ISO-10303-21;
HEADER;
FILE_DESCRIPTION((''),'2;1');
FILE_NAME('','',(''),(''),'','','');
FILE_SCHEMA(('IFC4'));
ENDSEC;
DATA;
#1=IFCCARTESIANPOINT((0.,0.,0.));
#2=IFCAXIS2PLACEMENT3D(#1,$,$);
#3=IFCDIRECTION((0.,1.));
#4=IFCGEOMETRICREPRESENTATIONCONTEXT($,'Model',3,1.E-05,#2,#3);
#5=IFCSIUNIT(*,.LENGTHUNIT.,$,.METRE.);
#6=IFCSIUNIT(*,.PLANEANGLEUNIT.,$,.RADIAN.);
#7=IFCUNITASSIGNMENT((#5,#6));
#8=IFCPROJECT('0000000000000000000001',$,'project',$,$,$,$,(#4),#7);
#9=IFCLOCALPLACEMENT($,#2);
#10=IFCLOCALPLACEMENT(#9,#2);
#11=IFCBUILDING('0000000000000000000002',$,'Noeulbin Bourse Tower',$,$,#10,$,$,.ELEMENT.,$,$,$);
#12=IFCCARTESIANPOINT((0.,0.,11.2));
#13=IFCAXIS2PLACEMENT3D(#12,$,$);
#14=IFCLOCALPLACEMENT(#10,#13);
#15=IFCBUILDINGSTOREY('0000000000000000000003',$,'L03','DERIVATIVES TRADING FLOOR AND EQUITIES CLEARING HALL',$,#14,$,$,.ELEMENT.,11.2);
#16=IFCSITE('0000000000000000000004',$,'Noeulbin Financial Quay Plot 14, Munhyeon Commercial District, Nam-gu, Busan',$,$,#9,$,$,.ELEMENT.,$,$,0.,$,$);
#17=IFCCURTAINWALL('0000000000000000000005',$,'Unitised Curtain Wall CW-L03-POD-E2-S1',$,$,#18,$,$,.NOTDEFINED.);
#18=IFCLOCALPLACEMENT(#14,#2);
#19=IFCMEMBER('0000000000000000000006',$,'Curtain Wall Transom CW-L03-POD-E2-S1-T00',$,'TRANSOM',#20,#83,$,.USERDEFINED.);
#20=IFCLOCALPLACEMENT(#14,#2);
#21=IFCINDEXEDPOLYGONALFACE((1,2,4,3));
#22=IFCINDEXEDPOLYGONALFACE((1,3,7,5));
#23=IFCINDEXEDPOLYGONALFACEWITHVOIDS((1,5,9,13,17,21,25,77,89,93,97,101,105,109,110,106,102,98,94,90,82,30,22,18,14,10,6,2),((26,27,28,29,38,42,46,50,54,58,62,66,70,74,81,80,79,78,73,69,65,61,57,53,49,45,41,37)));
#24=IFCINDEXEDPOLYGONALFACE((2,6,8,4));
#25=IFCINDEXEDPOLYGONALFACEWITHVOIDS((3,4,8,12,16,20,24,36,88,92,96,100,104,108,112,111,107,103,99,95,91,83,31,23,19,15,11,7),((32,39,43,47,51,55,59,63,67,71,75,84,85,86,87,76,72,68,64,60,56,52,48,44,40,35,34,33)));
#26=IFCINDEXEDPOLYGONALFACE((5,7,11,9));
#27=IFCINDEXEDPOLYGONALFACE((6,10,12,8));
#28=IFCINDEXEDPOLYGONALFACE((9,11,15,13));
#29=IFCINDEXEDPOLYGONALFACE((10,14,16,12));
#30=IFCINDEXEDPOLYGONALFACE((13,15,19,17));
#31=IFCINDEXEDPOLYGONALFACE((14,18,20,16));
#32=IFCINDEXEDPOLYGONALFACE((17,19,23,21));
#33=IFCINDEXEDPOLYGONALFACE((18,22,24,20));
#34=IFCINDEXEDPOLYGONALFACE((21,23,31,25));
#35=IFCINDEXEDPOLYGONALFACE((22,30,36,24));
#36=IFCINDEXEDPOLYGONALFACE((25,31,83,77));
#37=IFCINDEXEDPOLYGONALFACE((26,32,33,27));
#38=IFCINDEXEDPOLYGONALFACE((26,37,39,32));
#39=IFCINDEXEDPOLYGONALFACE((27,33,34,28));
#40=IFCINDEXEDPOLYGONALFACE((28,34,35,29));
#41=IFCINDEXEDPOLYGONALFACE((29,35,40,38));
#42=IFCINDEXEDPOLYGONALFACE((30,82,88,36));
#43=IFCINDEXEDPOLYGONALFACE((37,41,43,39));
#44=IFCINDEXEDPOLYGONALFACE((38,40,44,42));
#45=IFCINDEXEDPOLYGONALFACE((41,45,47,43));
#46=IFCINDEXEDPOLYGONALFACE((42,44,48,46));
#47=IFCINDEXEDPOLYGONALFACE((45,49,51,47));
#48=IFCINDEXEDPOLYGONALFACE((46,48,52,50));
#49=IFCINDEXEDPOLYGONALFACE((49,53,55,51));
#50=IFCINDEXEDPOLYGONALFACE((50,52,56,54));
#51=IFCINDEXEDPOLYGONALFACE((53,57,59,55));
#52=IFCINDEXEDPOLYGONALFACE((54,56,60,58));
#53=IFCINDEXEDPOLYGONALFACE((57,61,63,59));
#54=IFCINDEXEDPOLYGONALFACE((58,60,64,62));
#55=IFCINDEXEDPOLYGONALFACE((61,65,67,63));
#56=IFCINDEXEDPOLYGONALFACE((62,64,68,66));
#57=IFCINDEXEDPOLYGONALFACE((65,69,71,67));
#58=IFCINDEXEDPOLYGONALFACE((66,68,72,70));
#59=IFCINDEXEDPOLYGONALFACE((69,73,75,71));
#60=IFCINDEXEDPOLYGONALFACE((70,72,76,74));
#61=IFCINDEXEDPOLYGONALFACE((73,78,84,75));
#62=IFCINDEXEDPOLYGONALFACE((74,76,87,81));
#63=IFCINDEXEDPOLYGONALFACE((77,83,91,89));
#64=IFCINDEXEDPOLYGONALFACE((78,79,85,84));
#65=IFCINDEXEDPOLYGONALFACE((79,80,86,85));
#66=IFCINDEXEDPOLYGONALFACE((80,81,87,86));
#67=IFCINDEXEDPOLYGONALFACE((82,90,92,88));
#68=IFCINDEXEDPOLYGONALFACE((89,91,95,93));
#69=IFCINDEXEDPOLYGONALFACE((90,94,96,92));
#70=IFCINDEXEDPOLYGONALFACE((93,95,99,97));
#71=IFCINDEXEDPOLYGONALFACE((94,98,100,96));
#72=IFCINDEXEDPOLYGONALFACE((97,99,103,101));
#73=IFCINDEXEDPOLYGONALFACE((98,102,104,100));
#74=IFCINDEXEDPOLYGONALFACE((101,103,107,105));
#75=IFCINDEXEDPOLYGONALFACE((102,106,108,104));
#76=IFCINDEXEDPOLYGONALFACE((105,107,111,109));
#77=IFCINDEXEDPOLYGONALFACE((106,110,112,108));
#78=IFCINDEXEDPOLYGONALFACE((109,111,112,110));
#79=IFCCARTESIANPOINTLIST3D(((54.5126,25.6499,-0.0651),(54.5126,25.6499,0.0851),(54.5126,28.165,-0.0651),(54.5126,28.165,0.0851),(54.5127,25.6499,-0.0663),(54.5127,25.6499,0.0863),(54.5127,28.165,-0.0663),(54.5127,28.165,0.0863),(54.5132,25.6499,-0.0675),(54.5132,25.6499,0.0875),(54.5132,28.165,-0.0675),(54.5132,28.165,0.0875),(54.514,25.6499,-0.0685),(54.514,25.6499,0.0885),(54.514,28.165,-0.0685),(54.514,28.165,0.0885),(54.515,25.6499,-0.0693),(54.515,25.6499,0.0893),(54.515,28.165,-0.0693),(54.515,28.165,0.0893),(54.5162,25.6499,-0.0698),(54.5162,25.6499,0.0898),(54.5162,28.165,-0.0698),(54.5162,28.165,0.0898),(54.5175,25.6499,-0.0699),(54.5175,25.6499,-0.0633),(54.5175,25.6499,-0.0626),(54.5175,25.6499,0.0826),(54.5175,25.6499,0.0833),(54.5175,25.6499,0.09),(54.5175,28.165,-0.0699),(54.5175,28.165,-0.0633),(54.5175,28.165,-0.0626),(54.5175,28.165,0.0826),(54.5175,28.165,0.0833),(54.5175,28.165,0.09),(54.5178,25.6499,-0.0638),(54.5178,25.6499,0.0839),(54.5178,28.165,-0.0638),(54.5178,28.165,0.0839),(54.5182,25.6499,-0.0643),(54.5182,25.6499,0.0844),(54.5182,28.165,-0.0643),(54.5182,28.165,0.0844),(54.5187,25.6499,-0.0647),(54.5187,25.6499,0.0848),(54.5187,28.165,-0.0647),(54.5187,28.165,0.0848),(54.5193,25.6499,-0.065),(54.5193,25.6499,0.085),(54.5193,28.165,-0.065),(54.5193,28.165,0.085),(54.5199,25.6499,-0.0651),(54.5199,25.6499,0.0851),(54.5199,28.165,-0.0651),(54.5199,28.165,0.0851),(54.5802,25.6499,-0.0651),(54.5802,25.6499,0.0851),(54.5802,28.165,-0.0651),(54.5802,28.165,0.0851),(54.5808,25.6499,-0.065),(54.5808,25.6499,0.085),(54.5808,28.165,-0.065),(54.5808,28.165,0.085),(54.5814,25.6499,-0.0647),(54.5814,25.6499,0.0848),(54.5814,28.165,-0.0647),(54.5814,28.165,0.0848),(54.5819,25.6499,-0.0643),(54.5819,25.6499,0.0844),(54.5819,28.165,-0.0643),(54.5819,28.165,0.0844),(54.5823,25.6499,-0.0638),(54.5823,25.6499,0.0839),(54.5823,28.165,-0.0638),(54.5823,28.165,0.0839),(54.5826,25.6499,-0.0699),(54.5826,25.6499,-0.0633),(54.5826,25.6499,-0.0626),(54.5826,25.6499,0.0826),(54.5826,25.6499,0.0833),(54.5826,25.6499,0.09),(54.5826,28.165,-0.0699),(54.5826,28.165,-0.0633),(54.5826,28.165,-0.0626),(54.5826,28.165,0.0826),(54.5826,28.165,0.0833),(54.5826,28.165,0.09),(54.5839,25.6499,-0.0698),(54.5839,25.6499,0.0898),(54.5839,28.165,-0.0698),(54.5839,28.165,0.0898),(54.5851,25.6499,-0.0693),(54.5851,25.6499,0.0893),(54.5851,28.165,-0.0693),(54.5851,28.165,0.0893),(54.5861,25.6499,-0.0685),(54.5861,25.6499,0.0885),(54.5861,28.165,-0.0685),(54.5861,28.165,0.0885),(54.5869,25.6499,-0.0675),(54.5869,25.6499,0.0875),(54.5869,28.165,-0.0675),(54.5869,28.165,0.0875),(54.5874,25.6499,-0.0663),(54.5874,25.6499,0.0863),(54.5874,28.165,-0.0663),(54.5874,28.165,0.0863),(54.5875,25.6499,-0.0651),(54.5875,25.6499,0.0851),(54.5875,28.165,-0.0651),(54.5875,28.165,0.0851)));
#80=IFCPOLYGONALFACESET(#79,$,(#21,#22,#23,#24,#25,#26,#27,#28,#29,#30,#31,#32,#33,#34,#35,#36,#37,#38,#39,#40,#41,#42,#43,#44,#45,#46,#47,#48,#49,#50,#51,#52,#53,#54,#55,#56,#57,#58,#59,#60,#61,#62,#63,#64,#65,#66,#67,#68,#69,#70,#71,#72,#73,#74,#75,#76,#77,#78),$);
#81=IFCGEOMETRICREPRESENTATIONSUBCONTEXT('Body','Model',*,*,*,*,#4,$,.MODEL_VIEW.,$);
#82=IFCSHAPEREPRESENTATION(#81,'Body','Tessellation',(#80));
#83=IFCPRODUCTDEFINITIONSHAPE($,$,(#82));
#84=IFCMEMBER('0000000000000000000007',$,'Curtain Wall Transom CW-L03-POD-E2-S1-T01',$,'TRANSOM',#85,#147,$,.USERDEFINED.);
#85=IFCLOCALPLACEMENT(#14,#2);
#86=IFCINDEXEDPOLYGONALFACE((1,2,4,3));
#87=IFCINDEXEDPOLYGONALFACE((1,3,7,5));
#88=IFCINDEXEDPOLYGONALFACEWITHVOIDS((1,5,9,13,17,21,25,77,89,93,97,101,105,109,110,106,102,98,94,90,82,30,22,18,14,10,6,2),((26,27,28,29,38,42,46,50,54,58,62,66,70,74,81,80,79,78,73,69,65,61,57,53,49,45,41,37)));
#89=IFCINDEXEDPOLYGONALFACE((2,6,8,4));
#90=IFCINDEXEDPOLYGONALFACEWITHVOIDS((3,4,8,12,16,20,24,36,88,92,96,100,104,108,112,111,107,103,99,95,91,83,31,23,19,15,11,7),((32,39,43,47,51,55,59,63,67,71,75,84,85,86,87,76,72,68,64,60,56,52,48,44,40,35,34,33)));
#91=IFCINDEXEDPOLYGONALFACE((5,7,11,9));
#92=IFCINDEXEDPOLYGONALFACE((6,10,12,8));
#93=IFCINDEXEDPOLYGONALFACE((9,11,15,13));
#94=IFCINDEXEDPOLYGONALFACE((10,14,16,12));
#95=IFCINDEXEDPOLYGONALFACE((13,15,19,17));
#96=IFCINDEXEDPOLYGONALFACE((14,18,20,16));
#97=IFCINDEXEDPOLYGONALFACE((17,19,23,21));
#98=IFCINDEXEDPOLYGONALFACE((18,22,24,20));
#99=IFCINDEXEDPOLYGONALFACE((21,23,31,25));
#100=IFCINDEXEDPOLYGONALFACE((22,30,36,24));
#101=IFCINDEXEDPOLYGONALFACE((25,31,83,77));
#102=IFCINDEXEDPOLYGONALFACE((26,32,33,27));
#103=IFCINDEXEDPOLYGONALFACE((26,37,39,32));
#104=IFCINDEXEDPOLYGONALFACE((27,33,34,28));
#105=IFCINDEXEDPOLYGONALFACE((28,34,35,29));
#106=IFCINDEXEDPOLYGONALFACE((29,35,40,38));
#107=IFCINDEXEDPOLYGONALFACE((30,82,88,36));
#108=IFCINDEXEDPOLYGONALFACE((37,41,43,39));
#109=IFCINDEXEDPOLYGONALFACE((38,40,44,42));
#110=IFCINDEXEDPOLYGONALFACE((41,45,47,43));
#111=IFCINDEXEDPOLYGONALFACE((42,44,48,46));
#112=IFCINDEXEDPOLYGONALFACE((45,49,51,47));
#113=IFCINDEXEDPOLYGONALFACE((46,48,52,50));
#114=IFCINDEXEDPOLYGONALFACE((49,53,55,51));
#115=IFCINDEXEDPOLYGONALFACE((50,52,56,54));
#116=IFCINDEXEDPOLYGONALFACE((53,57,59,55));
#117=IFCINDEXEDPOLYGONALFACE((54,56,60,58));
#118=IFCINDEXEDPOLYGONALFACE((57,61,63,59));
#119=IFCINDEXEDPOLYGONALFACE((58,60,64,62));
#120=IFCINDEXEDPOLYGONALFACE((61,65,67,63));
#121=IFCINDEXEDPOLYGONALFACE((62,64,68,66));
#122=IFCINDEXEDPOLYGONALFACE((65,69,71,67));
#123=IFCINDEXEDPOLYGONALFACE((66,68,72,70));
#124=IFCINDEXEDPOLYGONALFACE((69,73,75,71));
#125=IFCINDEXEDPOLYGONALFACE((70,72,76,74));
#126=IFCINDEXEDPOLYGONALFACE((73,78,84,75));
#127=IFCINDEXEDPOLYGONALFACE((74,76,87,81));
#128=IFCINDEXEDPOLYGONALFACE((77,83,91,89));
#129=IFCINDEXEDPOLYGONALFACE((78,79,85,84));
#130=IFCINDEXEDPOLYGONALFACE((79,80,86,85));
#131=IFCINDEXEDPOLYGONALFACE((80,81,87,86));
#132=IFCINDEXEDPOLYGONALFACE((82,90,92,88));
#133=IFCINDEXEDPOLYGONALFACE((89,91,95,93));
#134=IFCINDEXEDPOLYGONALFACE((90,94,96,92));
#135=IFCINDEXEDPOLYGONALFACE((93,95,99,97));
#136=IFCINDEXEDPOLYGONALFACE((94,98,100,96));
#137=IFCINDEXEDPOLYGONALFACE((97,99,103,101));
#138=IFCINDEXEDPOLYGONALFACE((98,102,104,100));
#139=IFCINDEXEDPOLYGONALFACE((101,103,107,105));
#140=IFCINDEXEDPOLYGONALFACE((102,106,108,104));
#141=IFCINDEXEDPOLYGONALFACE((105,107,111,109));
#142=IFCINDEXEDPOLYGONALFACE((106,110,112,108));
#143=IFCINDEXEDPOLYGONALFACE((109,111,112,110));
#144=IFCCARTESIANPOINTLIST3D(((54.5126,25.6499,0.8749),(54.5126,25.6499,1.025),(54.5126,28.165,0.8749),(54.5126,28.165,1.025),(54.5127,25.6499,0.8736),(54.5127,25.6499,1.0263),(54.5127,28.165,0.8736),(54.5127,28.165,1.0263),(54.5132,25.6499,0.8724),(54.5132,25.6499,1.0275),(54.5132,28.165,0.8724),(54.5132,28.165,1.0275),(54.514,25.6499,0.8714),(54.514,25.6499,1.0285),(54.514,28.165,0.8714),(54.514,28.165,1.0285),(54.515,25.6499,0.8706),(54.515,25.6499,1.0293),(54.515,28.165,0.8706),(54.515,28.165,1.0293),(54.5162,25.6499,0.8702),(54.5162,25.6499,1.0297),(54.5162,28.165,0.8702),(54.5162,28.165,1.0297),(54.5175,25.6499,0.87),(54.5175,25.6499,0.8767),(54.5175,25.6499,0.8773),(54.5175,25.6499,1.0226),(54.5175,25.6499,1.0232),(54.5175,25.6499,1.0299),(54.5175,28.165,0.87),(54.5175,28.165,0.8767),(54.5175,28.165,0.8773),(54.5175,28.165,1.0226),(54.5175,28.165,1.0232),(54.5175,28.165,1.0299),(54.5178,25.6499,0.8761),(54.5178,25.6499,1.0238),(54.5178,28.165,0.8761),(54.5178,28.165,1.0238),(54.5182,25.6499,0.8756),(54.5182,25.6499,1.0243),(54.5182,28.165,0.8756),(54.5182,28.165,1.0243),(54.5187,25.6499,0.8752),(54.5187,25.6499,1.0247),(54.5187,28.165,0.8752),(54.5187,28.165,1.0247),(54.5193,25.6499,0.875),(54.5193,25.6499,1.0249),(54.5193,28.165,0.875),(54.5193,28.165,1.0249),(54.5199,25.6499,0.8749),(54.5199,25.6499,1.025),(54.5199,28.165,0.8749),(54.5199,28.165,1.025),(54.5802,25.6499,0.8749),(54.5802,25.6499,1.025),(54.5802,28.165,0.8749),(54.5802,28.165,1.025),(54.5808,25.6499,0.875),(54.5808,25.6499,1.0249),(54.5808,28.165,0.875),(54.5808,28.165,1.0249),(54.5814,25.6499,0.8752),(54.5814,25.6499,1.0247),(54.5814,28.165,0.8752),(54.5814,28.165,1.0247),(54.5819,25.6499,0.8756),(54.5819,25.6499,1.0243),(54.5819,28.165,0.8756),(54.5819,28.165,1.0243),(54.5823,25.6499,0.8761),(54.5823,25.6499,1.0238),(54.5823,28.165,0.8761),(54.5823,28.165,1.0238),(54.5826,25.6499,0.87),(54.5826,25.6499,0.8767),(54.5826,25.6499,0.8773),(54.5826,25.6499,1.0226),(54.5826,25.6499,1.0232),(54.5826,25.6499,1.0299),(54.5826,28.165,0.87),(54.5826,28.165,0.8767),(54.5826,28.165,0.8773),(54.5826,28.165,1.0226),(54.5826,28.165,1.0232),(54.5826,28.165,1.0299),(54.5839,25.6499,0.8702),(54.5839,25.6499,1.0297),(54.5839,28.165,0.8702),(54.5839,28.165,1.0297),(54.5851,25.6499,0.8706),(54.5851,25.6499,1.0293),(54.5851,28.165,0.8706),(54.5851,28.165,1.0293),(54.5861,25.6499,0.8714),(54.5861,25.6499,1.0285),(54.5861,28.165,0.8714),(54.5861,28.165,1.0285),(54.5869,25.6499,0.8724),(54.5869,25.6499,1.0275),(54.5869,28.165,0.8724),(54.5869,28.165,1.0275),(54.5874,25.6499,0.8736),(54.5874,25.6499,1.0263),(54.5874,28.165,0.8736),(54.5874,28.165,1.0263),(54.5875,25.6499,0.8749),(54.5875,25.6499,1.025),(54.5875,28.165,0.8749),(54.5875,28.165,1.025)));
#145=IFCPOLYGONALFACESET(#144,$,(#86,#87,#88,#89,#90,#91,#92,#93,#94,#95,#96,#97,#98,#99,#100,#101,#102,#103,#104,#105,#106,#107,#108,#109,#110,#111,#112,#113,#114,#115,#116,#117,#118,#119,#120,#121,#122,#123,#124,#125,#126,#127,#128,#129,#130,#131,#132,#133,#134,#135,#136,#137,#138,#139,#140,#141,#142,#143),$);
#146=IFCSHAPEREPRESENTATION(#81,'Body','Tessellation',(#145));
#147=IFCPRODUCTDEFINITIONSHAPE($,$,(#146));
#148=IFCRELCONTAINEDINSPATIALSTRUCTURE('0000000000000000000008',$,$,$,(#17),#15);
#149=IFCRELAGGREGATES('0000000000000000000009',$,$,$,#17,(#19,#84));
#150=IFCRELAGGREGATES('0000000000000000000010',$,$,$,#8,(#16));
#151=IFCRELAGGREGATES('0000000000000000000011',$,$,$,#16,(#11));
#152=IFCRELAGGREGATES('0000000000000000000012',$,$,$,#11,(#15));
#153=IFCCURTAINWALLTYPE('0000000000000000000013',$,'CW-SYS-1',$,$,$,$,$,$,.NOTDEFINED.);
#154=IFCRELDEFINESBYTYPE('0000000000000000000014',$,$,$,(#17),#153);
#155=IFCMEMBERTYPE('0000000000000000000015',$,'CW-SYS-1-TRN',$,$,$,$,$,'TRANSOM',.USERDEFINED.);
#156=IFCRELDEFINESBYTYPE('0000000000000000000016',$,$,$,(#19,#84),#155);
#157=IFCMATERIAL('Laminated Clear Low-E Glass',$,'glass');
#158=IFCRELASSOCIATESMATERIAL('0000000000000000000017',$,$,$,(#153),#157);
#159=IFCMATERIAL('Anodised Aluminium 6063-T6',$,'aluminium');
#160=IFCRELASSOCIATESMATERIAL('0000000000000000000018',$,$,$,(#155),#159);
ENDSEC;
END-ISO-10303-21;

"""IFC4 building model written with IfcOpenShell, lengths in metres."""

from ifc_helpers import new_model, si_unit, direction, frame, origin, origin_2d, place, context, subcontext, project, spatial, hollow_rectangle, extrude, material, material_profile, profile_set, type_object, element, aggregate, save


model = new_model("IFC4")

# Units and contexts
model_context = context("Model", 3, precision=1e-05, world=origin(), true_north=direction((0.0, 1.0)))
body_context = subcontext(model_context, "Body", "Model", "MODEL_VIEW")
ifc_project = project(units=[si_unit("LENGTHUNIT", "METRE"), si_unit("PLANEANGLEUNIT", "RADIAN")], contexts=[model_context])

# Site, building, storey
site_placement = place(None, origin())
site = spatial("IfcSite", under=ifc_project, at=site_placement, Name="Noeulbin Financial Quay Plot 14, Munhyeon Commercial District, Nam-gu, Busan", CompositionType="ELEMENT", RefElevation=0.0)
building_placement = place(site_placement, origin())
building = spatial("IfcBuilding", under=site, at=building_placement, Name="Noeulbin Bourse Tower", CompositionType="ELEMENT")
storey_placement = place(building_placement, frame((0.0, 0.0, 11.2)))
storey = spatial("IfcBuildingStorey", under=building, at=storey_placement, Name="L03", Description="DERIVATIVES TRADING FLOOR AND EQUITIES CLEARING HALL", CompositionType="ELEMENT", Elevation=11.2)

# Curtain wall
ifc_material_1 = material(Name="Laminated Clear Low-E Glass", Category="glass")
curtain_wall_type = type_object("IfcCurtainWallType", Name="CW-SYS-1", PredefinedType="NOTDEFINED", material=ifc_material_1)
curtain_wall_1_placement = place(storey_placement, origin())
curtain_wall_1 = element("IfcCurtainWall", 1, at=curtain_wall_1_placement, inside=storey, type_object=curtain_wall_type, Name="Unitised Curtain Wall CW-L03-POD-E2-S1", PredefinedType="NOTDEFINED")
ifc_material_2 = material(Name="Anodised Aluminium 6063-T6", Category="aluminium")

# Members
ifc_material_profile_1 = material_profile(ifc_material_2, hollow_rectangle(XDim=0.075, YDim=0.1599, WallThickness=0.0049, InnerFilletRadius=0.0024, OuterFilletRadius=0.0049, at=origin_2d()), Name="ALU-TRAN-75x160x5", Category="LoadBearing")
ifc_profile_set_1 = profile_set([ifc_material_profile_1], Name="Anodised Aluminium 6063-T6")
member_type_1 = type_object("IfcMemberType", Name="CW-SYS-1-TRN", ElementType="TRANSOM", PredefinedType="USERDEFINED", material=ifc_profile_set_1)
member_1_placement = place(storey_placement, frame((54.55, 25.6499, 0.01), z_axis=(0.0, 1.0, 0.0), x_axis=(-1.0, 0.0, 0.0)))
member_1 = element("IfcMember", 2, at=member_1_placement, type_object=member_type_1, Name="Curtain Wall Transom CW-L03-POD-E2-S1-T00", ObjectType="TRANSOM", PredefinedType="USERDEFINED", context=body_context, shape_type="SweptSolid", body=[
    extrude(hollow_rectangle(XDim=0.075, YDim=0.1599, WallThickness=0.0049, InnerFilletRadius=0.0024, OuterFilletRadius=0.0049, at=origin_2d()), origin(), (0.0, 0.0, 1.0), 2.5151),
])
member_2_placement = place(storey_placement, frame((54.55, 25.6499, 0.95), z_axis=(0.0, 1.0, 0.0), x_axis=(-1.0, 0.0, 0.0)))
member_2 = element("IfcMember", 3, at=member_2_placement, type_object=member_type_1, Name="Curtain Wall Transom CW-L03-POD-E2-S1-T01", ObjectType="TRANSOM", PredefinedType="USERDEFINED", context=body_context, shape_type="SweptSolid", body=[
    extrude(hollow_rectangle(XDim=0.075, YDim=0.1599, WallThickness=0.0049, InnerFilletRadius=0.0024, OuterFilletRadius=0.0049, at=origin_2d()), origin(), (0.0, 0.0, 1.0), 2.5151),
])

aggregate(curtain_wall_1, [member_1, member_2])

save(model, "model.ifc")
